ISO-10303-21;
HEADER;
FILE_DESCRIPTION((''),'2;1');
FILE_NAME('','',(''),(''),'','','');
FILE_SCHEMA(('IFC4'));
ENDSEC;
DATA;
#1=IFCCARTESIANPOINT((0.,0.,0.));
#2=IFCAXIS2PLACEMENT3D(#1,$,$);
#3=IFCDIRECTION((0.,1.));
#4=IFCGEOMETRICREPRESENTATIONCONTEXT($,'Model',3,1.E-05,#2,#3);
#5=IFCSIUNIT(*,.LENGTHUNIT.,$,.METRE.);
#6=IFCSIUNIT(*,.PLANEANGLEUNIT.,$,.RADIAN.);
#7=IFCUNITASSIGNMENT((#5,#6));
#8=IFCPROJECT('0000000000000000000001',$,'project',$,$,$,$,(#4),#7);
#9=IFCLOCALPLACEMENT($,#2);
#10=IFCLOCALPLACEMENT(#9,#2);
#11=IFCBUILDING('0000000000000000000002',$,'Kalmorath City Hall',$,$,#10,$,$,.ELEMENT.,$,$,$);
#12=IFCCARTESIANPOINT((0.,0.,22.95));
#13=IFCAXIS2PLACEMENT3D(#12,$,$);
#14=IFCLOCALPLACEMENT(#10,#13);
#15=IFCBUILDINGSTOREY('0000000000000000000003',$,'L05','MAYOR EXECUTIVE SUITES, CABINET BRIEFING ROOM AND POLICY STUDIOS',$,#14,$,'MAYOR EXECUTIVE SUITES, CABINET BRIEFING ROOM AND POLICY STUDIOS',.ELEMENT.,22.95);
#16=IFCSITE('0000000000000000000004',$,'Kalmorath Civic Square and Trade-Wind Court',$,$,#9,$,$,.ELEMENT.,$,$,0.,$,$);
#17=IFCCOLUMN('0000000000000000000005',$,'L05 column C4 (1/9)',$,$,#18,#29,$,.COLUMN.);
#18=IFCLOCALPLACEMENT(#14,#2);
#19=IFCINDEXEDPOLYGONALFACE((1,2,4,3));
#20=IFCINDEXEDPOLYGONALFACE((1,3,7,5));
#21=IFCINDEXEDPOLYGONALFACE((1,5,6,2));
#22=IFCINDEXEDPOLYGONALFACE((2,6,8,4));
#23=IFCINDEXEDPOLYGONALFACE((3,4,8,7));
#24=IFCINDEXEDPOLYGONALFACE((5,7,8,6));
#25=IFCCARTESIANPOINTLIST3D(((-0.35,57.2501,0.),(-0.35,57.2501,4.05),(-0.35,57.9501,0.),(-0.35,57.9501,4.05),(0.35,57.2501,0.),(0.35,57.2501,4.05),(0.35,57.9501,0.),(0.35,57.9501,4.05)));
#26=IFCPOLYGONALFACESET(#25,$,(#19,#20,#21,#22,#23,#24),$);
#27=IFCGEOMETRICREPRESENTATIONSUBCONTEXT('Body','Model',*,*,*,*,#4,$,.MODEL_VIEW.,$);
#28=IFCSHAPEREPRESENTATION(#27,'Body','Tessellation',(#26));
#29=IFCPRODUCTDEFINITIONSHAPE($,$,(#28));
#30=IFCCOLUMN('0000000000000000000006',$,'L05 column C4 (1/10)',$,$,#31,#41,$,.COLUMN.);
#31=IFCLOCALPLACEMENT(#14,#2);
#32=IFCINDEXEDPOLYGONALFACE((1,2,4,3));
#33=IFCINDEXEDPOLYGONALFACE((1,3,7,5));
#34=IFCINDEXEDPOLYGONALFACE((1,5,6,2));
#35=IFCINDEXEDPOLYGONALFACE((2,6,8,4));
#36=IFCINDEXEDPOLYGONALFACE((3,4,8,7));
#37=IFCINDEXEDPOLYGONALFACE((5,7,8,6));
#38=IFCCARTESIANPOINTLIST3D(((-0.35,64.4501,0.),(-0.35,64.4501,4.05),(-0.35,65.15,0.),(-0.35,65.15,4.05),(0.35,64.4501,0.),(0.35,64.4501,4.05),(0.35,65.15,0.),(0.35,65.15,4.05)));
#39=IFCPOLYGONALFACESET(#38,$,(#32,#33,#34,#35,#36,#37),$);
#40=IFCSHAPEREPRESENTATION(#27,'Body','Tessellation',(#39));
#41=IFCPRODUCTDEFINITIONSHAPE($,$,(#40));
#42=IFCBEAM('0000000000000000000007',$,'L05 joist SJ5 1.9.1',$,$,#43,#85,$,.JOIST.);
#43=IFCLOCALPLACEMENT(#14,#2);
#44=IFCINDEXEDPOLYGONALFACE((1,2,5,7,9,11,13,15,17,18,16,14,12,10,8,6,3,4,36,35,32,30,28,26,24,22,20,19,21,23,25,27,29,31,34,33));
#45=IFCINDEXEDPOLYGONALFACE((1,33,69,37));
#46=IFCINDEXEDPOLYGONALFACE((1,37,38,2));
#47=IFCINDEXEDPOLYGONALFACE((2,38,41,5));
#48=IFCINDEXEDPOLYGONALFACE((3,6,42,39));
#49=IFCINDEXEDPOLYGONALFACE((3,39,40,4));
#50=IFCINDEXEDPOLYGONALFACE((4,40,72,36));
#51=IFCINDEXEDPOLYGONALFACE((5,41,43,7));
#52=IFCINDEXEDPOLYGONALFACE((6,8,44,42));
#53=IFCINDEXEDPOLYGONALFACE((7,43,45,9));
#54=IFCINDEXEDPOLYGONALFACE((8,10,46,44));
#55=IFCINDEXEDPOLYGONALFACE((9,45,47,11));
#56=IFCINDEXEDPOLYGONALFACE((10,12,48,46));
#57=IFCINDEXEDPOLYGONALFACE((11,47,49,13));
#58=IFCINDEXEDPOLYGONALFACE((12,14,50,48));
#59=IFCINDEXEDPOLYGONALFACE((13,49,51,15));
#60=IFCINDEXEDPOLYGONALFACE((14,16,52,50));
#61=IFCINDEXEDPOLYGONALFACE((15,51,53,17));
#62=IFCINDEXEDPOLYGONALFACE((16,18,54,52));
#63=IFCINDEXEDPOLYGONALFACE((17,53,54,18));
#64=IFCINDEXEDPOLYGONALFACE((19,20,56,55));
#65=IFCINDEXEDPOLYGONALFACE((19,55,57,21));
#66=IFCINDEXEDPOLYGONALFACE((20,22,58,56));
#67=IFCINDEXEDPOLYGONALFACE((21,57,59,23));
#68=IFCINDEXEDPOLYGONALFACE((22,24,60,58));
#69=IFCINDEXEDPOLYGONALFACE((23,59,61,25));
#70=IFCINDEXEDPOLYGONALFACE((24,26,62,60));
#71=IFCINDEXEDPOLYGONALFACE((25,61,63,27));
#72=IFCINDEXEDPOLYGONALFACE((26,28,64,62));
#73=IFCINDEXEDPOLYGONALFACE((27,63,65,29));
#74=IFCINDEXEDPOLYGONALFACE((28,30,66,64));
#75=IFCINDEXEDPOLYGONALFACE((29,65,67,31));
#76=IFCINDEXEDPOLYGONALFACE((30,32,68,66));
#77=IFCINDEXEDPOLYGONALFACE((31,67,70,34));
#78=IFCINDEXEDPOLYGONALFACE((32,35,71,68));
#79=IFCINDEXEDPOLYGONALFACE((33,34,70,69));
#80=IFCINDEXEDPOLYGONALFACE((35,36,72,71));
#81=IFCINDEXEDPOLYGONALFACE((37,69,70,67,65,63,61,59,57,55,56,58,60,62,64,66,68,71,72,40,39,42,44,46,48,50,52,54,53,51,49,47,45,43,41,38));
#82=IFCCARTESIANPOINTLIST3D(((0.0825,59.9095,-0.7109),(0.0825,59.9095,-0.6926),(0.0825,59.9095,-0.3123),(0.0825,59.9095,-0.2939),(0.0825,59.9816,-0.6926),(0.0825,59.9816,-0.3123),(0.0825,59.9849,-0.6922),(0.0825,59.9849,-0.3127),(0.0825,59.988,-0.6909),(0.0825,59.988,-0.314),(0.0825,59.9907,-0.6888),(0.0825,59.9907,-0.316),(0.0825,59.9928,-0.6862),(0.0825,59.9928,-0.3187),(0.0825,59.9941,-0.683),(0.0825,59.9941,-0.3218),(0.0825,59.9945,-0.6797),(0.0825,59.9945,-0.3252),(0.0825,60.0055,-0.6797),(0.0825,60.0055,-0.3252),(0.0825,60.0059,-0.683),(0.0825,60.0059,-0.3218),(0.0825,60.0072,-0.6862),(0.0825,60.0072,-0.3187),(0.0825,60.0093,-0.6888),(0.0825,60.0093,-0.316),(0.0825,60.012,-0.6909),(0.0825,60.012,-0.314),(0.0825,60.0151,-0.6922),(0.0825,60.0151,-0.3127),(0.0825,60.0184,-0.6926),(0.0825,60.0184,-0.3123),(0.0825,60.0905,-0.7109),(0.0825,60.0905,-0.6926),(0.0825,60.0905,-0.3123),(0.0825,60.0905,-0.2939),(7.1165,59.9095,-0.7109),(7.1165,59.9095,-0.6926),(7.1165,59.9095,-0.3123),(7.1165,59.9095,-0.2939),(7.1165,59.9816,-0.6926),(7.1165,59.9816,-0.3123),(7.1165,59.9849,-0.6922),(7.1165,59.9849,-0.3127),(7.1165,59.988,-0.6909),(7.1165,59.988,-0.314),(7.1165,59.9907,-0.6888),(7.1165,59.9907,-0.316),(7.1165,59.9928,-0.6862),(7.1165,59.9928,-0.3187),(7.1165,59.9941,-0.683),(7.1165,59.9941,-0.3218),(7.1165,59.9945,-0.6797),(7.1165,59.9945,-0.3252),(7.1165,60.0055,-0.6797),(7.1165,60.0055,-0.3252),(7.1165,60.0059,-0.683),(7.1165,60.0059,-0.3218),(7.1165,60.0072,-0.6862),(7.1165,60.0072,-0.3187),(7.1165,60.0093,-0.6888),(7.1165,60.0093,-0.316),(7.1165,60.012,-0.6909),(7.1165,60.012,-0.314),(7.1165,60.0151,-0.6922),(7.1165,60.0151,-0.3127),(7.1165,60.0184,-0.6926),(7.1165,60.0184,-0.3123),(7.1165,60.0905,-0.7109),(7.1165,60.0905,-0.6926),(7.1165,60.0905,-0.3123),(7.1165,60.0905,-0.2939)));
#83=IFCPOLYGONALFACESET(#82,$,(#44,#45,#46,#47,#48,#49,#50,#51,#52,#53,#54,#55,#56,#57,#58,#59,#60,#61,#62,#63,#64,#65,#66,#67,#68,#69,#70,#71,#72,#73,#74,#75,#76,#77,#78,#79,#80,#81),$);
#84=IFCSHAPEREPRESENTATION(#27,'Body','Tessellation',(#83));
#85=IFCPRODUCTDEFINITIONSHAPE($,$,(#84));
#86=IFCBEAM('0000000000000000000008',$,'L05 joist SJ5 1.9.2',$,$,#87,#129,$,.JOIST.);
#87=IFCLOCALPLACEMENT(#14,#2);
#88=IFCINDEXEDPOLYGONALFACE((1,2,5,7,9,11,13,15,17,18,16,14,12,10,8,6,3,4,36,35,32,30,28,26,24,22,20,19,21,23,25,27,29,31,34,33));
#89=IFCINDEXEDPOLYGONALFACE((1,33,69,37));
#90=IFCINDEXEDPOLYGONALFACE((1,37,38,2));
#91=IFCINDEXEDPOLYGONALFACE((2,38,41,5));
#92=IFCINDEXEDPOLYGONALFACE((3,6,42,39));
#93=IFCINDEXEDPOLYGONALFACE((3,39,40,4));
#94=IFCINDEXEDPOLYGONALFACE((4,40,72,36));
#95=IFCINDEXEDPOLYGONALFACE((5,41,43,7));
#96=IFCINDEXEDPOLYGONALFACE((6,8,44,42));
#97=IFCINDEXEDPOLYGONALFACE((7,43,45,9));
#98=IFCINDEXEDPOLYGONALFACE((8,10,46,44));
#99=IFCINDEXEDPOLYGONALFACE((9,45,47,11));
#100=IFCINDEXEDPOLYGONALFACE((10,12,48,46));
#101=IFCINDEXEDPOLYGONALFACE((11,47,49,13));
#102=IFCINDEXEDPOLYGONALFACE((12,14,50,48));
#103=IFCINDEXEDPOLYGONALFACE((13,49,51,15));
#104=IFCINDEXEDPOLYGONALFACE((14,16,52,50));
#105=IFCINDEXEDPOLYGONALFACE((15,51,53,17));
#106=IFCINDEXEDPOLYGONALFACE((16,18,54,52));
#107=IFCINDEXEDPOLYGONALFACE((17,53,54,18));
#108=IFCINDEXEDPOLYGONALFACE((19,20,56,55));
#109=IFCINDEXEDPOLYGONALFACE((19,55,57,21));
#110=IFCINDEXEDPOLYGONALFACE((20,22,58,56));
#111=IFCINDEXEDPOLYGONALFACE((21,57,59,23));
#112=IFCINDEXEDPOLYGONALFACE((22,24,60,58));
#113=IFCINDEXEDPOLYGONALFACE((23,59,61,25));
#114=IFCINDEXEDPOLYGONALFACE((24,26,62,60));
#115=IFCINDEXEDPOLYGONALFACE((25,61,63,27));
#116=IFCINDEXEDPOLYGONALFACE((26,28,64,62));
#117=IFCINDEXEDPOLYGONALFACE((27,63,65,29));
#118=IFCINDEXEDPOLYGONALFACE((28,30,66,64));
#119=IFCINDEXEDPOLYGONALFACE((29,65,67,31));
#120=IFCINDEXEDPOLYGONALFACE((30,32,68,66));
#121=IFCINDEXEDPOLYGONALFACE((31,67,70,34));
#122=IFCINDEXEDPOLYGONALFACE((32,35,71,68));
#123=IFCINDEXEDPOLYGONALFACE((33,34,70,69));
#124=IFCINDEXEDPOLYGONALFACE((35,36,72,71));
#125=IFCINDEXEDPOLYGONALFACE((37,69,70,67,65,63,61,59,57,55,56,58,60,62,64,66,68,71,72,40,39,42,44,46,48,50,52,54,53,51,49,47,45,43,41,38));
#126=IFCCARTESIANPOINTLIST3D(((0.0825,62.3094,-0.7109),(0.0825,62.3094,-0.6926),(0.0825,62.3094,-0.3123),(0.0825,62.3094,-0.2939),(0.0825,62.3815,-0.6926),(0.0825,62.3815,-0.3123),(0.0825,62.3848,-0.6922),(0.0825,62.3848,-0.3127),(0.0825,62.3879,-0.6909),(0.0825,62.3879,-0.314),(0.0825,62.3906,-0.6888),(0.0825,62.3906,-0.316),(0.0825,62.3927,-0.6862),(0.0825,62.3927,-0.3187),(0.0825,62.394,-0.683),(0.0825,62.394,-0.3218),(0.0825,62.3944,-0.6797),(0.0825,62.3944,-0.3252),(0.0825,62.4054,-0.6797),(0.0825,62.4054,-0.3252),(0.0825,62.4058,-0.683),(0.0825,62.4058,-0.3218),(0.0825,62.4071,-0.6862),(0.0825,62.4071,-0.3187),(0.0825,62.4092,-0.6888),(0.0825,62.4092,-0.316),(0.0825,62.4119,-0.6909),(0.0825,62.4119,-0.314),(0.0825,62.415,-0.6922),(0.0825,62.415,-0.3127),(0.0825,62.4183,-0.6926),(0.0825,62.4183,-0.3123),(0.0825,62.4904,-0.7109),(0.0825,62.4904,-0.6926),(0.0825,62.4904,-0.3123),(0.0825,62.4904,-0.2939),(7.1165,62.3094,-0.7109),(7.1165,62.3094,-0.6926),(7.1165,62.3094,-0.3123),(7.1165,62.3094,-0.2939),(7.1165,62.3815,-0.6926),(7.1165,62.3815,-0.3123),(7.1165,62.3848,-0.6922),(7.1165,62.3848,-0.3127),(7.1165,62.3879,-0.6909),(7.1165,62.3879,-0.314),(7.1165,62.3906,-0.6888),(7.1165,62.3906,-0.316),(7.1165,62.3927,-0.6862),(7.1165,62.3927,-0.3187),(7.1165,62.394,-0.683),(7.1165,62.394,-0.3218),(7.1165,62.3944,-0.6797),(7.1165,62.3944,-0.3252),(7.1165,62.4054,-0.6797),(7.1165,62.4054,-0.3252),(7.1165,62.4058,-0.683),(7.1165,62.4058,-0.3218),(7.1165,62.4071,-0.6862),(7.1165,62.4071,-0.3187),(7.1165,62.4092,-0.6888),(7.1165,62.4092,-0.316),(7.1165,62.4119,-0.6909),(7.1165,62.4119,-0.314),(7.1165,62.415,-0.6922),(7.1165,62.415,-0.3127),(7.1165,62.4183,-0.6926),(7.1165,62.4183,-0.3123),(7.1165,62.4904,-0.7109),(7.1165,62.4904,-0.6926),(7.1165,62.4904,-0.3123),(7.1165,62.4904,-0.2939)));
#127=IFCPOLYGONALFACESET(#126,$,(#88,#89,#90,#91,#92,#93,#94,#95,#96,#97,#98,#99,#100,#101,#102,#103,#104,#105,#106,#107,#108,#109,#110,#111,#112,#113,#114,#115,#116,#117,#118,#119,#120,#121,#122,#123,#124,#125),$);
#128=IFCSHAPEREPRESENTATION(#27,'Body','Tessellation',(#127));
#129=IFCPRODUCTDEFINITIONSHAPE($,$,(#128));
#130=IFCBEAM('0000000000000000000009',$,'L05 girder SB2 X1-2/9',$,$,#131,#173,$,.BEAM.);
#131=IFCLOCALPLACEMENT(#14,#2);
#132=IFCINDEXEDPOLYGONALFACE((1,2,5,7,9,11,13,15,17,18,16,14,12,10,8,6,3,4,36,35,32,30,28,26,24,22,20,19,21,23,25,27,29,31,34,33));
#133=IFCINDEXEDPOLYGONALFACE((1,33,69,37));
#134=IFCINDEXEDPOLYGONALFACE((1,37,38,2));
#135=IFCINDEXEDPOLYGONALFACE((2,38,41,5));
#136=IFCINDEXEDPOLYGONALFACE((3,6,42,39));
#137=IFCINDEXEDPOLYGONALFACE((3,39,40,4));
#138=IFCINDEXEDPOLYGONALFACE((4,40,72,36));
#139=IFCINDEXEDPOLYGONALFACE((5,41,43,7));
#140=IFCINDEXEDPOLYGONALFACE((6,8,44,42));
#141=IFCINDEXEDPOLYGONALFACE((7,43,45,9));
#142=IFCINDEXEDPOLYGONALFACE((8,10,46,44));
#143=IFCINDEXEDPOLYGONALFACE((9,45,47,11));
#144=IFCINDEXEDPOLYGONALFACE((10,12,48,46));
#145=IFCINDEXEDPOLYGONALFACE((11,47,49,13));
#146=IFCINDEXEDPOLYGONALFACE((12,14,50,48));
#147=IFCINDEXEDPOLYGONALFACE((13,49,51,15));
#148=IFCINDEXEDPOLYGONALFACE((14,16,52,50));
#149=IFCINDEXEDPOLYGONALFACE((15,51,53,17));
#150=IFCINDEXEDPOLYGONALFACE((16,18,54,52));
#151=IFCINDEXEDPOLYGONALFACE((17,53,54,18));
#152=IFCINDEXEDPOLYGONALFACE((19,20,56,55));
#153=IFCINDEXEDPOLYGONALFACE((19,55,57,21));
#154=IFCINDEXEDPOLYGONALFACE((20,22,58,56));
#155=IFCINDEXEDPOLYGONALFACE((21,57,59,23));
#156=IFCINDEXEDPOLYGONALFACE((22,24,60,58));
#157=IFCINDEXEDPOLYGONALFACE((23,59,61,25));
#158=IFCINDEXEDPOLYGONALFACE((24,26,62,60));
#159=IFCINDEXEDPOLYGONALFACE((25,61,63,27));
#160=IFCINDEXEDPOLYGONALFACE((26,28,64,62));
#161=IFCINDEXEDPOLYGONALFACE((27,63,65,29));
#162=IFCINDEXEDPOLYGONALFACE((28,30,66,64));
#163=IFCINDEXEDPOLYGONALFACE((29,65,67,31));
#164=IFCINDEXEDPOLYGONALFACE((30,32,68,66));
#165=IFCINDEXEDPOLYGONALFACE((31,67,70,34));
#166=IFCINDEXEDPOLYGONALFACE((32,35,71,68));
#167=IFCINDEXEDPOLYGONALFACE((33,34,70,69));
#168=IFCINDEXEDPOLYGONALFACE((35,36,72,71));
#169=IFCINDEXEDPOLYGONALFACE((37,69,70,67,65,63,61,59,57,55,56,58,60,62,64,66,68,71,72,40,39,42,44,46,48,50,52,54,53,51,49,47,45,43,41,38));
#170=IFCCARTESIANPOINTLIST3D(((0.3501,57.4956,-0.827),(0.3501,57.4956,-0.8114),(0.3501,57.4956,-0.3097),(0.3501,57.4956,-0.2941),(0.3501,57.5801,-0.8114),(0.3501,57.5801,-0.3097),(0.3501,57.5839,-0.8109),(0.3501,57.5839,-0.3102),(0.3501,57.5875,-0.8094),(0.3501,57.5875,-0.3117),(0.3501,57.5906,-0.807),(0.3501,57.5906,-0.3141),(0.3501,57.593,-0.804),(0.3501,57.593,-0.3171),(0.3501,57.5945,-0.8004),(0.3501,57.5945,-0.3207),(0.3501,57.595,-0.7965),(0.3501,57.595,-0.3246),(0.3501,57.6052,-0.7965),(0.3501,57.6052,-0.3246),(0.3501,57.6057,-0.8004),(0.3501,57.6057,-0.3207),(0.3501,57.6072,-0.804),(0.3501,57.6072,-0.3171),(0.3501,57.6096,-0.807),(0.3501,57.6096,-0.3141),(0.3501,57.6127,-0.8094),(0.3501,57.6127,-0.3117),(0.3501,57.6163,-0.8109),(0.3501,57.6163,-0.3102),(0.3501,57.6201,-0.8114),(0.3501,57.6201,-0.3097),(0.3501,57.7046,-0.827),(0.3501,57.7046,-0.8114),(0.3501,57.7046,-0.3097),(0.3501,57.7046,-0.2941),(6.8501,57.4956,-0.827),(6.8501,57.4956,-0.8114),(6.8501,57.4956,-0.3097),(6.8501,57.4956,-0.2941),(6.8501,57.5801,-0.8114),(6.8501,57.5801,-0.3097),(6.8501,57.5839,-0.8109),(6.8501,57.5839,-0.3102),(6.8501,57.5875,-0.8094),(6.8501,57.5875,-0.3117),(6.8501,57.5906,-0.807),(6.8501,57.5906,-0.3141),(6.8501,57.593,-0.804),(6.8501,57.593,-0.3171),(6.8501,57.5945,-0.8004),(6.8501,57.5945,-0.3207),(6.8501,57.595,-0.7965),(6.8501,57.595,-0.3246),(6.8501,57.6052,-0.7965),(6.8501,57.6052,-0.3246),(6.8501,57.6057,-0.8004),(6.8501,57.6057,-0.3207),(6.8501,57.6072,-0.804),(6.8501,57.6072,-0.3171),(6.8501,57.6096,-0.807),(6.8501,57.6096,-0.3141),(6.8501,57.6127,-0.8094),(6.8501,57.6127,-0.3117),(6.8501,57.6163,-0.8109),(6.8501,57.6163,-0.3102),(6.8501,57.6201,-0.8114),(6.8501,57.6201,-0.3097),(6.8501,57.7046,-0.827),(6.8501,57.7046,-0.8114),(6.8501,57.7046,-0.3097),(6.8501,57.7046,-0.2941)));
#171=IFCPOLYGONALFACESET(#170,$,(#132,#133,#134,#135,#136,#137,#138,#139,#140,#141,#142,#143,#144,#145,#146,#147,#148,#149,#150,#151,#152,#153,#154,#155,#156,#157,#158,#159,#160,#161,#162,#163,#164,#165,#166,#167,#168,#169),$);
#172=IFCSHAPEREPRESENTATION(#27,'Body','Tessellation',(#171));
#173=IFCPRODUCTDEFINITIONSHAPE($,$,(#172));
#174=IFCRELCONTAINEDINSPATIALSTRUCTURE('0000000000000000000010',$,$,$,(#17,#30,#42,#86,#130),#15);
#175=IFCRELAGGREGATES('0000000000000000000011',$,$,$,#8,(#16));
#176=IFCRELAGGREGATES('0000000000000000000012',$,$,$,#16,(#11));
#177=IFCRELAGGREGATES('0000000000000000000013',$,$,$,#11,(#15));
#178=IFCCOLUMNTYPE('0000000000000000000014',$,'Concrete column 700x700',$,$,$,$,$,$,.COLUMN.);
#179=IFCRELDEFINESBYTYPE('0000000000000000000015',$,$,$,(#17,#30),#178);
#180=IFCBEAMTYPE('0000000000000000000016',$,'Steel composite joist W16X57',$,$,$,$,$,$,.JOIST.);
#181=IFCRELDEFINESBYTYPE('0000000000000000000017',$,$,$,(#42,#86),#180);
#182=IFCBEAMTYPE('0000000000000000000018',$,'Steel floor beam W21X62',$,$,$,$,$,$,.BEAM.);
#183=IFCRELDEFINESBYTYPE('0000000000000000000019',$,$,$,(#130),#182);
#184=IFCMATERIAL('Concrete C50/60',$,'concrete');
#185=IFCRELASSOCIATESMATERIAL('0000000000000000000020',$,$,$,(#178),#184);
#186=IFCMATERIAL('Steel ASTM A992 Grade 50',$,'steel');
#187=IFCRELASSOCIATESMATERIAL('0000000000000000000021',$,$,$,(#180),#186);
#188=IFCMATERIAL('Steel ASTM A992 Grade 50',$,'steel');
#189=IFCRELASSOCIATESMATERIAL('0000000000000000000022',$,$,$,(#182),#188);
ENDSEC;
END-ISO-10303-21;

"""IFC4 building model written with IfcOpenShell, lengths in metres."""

from ifc_helpers import new_model, si_unit, direction, frame, origin, origin_2d, place, context, subcontext, project, spatial, rectangle, i_section, extrude, material, material_profile, profile_set, type_object, element, save


model = new_model("IFC4")

# Units and contexts
model_context = context("Model", 3, precision=1e-05, world=origin(), true_north=direction((0.0, 1.0)))
body_context = subcontext(model_context, "Body", "Model", "MODEL_VIEW")
ifc_project = project(units=[si_unit("LENGTHUNIT", "METRE"), si_unit("PLANEANGLEUNIT", "RADIAN")], contexts=[model_context])

# Site, building, storey
site_placement = place(None, origin())
site = spatial("IfcSite", under=ifc_project, at=site_placement, Name="Kalmorath Civic Square and Trade-Wind Court", CompositionType="ELEMENT", RefElevation=0.0)
building_placement = place(site_placement, origin())
building = spatial("IfcBuilding", under=site, at=building_placement, Name="Kalmorath City Hall", CompositionType="ELEMENT")
storey_placement = place(building_placement, frame((0.0, 0.0, 22.95)))
storey = spatial("IfcBuildingStorey", under=building, at=storey_placement, Name="L05", Description="MAYOR EXECUTIVE SUITES, CABINET BRIEFING ROOM AND POLICY STUDIOS", LongName="MAYOR EXECUTIVE SUITES, CABINET BRIEFING ROOM AND POLICY STUDIOS", CompositionType="ELEMENT", Elevation=22.95)

# Columns
ifc_material_1 = material(Name="Concrete C50/60", Category="concrete")
ifc_material_profile_1 = material_profile(ifc_material_1, rectangle(XDim=0.7, YDim=0.7, at=origin_2d()), Name="RC-COL-700X700")
ifc_profile_set_1 = profile_set([ifc_material_profile_1], Name="Concrete C50/60")
column_type = type_object("IfcColumnType", Name="Concrete column 700x700", PredefinedType="COLUMN", material=ifc_profile_set_1)
for number, where, z_axis, x_axis, name in (
    (1, (0.0, 57.6001, 0.0), (0.0, 0.0, 1.0), (1.0, 0.0, 0.0), "L05 column C4 (1/9)"),
    (2, (0.0, 64.8, 0.0), (0.0, 0.0, 1.0), (1.0, 0.0, 0.0), "L05 column C4 (1/10)"),
):
    element("IfcColumn", number, at=place(storey_placement, frame(where, z_axis=z_axis, x_axis=x_axis)), inside=storey, type_object=column_type, Name=name, PredefinedType="COLUMN", context=body_context, shape_type="SweptSolid", body=[
        extrude(rectangle(XDim=0.7, YDim=0.7, at=origin_2d()), origin(), (0.0, 0.0, 1.0), 4.05),
    ])

# Beams
ifc_material_2 = material(Name="Steel ASTM A992 Grade 50", Category="steel")
ifc_material_profile_2 = material_profile(ifc_material_2, i_section(OverallWidth=0.1809, OverallDepth=0.417, WebThickness=0.011, FlangeThickness=0.0183, FilletRadius=0.0129, at=origin_2d()), Name="W16X57")
ifc_profile_set_2 = profile_set([ifc_material_profile_2], Name="Steel ASTM A992 Grade 50")
beam_type_1 = type_object("IfcBeamType", Name="Steel composite joist W16X57", PredefinedType="JOIST", material=ifc_profile_set_2)
for number, where, z_axis, x_axis, name in (
    (3, (0.0825, 60.0, -0.5024), (1.0, 0.0, 0.0), (0.0, 1.0, 0.0), "L05 joist SJ5 1.9.1"),
    (4, (0.0825, 62.3999, -0.5024), (1.0, 0.0, 0.0), (0.0, 1.0, 0.0), "L05 joist SJ5 1.9.2"),
):
    element("IfcBeam", number, at=place(storey_placement, frame(where, z_axis=z_axis, x_axis=x_axis)), inside=storey, type_object=beam_type_1, Name=name, PredefinedType="JOIST", context=body_context, shape_type="SweptSolid", body=[
        extrude(i_section(OverallWidth=0.1809, OverallDepth=0.417, WebThickness=0.011, FlangeThickness=0.0183, FilletRadius=0.0129, at=origin_2d()), origin(), (0.0, 0.0, 1.0), 7.0339),
    ])
ifc_material_3 = material(Name="Steel ASTM A992 Grade 50", Category="steel")
ifc_material_profile_3 = material_profile(ifc_material_3, i_section(OverallWidth=0.209, OverallDepth=0.533, WebThickness=0.0103, FlangeThickness=0.0156, FilletRadius=0.0149, at=origin_2d()), Name="W21X62")
ifc_profile_set_3 = profile_set([ifc_material_profile_3], Name="Steel ASTM A992 Grade 50")
beam_type_2 = type_object("IfcBeamType", Name="Steel floor beam W21X62", PredefinedType="BEAM", material=ifc_profile_set_3)
for number, where, z_axis, x_axis, name in (
    (5, (0.3501, 57.6001, -0.5605), (1.0, 0.0, 0.0), (0.0, 1.0, 0.0), "L05 girder SB2 X1-2/9"),
):
    element("IfcBeam", number, at=place(storey_placement, frame(where, z_axis=z_axis, x_axis=x_axis)), inside=storey, type_object=beam_type_2, Name=name, PredefinedType="BEAM", context=body_context, shape_type="SweptSolid", body=[
        extrude(i_section(OverallWidth=0.209, OverallDepth=0.533, WebThickness=0.0103, FlangeThickness=0.0156, FilletRadius=0.0149, at=origin_2d()), origin(), (0.0, 0.0, 1.0), 6.5),
    ])

save(model, "model.ifc")
